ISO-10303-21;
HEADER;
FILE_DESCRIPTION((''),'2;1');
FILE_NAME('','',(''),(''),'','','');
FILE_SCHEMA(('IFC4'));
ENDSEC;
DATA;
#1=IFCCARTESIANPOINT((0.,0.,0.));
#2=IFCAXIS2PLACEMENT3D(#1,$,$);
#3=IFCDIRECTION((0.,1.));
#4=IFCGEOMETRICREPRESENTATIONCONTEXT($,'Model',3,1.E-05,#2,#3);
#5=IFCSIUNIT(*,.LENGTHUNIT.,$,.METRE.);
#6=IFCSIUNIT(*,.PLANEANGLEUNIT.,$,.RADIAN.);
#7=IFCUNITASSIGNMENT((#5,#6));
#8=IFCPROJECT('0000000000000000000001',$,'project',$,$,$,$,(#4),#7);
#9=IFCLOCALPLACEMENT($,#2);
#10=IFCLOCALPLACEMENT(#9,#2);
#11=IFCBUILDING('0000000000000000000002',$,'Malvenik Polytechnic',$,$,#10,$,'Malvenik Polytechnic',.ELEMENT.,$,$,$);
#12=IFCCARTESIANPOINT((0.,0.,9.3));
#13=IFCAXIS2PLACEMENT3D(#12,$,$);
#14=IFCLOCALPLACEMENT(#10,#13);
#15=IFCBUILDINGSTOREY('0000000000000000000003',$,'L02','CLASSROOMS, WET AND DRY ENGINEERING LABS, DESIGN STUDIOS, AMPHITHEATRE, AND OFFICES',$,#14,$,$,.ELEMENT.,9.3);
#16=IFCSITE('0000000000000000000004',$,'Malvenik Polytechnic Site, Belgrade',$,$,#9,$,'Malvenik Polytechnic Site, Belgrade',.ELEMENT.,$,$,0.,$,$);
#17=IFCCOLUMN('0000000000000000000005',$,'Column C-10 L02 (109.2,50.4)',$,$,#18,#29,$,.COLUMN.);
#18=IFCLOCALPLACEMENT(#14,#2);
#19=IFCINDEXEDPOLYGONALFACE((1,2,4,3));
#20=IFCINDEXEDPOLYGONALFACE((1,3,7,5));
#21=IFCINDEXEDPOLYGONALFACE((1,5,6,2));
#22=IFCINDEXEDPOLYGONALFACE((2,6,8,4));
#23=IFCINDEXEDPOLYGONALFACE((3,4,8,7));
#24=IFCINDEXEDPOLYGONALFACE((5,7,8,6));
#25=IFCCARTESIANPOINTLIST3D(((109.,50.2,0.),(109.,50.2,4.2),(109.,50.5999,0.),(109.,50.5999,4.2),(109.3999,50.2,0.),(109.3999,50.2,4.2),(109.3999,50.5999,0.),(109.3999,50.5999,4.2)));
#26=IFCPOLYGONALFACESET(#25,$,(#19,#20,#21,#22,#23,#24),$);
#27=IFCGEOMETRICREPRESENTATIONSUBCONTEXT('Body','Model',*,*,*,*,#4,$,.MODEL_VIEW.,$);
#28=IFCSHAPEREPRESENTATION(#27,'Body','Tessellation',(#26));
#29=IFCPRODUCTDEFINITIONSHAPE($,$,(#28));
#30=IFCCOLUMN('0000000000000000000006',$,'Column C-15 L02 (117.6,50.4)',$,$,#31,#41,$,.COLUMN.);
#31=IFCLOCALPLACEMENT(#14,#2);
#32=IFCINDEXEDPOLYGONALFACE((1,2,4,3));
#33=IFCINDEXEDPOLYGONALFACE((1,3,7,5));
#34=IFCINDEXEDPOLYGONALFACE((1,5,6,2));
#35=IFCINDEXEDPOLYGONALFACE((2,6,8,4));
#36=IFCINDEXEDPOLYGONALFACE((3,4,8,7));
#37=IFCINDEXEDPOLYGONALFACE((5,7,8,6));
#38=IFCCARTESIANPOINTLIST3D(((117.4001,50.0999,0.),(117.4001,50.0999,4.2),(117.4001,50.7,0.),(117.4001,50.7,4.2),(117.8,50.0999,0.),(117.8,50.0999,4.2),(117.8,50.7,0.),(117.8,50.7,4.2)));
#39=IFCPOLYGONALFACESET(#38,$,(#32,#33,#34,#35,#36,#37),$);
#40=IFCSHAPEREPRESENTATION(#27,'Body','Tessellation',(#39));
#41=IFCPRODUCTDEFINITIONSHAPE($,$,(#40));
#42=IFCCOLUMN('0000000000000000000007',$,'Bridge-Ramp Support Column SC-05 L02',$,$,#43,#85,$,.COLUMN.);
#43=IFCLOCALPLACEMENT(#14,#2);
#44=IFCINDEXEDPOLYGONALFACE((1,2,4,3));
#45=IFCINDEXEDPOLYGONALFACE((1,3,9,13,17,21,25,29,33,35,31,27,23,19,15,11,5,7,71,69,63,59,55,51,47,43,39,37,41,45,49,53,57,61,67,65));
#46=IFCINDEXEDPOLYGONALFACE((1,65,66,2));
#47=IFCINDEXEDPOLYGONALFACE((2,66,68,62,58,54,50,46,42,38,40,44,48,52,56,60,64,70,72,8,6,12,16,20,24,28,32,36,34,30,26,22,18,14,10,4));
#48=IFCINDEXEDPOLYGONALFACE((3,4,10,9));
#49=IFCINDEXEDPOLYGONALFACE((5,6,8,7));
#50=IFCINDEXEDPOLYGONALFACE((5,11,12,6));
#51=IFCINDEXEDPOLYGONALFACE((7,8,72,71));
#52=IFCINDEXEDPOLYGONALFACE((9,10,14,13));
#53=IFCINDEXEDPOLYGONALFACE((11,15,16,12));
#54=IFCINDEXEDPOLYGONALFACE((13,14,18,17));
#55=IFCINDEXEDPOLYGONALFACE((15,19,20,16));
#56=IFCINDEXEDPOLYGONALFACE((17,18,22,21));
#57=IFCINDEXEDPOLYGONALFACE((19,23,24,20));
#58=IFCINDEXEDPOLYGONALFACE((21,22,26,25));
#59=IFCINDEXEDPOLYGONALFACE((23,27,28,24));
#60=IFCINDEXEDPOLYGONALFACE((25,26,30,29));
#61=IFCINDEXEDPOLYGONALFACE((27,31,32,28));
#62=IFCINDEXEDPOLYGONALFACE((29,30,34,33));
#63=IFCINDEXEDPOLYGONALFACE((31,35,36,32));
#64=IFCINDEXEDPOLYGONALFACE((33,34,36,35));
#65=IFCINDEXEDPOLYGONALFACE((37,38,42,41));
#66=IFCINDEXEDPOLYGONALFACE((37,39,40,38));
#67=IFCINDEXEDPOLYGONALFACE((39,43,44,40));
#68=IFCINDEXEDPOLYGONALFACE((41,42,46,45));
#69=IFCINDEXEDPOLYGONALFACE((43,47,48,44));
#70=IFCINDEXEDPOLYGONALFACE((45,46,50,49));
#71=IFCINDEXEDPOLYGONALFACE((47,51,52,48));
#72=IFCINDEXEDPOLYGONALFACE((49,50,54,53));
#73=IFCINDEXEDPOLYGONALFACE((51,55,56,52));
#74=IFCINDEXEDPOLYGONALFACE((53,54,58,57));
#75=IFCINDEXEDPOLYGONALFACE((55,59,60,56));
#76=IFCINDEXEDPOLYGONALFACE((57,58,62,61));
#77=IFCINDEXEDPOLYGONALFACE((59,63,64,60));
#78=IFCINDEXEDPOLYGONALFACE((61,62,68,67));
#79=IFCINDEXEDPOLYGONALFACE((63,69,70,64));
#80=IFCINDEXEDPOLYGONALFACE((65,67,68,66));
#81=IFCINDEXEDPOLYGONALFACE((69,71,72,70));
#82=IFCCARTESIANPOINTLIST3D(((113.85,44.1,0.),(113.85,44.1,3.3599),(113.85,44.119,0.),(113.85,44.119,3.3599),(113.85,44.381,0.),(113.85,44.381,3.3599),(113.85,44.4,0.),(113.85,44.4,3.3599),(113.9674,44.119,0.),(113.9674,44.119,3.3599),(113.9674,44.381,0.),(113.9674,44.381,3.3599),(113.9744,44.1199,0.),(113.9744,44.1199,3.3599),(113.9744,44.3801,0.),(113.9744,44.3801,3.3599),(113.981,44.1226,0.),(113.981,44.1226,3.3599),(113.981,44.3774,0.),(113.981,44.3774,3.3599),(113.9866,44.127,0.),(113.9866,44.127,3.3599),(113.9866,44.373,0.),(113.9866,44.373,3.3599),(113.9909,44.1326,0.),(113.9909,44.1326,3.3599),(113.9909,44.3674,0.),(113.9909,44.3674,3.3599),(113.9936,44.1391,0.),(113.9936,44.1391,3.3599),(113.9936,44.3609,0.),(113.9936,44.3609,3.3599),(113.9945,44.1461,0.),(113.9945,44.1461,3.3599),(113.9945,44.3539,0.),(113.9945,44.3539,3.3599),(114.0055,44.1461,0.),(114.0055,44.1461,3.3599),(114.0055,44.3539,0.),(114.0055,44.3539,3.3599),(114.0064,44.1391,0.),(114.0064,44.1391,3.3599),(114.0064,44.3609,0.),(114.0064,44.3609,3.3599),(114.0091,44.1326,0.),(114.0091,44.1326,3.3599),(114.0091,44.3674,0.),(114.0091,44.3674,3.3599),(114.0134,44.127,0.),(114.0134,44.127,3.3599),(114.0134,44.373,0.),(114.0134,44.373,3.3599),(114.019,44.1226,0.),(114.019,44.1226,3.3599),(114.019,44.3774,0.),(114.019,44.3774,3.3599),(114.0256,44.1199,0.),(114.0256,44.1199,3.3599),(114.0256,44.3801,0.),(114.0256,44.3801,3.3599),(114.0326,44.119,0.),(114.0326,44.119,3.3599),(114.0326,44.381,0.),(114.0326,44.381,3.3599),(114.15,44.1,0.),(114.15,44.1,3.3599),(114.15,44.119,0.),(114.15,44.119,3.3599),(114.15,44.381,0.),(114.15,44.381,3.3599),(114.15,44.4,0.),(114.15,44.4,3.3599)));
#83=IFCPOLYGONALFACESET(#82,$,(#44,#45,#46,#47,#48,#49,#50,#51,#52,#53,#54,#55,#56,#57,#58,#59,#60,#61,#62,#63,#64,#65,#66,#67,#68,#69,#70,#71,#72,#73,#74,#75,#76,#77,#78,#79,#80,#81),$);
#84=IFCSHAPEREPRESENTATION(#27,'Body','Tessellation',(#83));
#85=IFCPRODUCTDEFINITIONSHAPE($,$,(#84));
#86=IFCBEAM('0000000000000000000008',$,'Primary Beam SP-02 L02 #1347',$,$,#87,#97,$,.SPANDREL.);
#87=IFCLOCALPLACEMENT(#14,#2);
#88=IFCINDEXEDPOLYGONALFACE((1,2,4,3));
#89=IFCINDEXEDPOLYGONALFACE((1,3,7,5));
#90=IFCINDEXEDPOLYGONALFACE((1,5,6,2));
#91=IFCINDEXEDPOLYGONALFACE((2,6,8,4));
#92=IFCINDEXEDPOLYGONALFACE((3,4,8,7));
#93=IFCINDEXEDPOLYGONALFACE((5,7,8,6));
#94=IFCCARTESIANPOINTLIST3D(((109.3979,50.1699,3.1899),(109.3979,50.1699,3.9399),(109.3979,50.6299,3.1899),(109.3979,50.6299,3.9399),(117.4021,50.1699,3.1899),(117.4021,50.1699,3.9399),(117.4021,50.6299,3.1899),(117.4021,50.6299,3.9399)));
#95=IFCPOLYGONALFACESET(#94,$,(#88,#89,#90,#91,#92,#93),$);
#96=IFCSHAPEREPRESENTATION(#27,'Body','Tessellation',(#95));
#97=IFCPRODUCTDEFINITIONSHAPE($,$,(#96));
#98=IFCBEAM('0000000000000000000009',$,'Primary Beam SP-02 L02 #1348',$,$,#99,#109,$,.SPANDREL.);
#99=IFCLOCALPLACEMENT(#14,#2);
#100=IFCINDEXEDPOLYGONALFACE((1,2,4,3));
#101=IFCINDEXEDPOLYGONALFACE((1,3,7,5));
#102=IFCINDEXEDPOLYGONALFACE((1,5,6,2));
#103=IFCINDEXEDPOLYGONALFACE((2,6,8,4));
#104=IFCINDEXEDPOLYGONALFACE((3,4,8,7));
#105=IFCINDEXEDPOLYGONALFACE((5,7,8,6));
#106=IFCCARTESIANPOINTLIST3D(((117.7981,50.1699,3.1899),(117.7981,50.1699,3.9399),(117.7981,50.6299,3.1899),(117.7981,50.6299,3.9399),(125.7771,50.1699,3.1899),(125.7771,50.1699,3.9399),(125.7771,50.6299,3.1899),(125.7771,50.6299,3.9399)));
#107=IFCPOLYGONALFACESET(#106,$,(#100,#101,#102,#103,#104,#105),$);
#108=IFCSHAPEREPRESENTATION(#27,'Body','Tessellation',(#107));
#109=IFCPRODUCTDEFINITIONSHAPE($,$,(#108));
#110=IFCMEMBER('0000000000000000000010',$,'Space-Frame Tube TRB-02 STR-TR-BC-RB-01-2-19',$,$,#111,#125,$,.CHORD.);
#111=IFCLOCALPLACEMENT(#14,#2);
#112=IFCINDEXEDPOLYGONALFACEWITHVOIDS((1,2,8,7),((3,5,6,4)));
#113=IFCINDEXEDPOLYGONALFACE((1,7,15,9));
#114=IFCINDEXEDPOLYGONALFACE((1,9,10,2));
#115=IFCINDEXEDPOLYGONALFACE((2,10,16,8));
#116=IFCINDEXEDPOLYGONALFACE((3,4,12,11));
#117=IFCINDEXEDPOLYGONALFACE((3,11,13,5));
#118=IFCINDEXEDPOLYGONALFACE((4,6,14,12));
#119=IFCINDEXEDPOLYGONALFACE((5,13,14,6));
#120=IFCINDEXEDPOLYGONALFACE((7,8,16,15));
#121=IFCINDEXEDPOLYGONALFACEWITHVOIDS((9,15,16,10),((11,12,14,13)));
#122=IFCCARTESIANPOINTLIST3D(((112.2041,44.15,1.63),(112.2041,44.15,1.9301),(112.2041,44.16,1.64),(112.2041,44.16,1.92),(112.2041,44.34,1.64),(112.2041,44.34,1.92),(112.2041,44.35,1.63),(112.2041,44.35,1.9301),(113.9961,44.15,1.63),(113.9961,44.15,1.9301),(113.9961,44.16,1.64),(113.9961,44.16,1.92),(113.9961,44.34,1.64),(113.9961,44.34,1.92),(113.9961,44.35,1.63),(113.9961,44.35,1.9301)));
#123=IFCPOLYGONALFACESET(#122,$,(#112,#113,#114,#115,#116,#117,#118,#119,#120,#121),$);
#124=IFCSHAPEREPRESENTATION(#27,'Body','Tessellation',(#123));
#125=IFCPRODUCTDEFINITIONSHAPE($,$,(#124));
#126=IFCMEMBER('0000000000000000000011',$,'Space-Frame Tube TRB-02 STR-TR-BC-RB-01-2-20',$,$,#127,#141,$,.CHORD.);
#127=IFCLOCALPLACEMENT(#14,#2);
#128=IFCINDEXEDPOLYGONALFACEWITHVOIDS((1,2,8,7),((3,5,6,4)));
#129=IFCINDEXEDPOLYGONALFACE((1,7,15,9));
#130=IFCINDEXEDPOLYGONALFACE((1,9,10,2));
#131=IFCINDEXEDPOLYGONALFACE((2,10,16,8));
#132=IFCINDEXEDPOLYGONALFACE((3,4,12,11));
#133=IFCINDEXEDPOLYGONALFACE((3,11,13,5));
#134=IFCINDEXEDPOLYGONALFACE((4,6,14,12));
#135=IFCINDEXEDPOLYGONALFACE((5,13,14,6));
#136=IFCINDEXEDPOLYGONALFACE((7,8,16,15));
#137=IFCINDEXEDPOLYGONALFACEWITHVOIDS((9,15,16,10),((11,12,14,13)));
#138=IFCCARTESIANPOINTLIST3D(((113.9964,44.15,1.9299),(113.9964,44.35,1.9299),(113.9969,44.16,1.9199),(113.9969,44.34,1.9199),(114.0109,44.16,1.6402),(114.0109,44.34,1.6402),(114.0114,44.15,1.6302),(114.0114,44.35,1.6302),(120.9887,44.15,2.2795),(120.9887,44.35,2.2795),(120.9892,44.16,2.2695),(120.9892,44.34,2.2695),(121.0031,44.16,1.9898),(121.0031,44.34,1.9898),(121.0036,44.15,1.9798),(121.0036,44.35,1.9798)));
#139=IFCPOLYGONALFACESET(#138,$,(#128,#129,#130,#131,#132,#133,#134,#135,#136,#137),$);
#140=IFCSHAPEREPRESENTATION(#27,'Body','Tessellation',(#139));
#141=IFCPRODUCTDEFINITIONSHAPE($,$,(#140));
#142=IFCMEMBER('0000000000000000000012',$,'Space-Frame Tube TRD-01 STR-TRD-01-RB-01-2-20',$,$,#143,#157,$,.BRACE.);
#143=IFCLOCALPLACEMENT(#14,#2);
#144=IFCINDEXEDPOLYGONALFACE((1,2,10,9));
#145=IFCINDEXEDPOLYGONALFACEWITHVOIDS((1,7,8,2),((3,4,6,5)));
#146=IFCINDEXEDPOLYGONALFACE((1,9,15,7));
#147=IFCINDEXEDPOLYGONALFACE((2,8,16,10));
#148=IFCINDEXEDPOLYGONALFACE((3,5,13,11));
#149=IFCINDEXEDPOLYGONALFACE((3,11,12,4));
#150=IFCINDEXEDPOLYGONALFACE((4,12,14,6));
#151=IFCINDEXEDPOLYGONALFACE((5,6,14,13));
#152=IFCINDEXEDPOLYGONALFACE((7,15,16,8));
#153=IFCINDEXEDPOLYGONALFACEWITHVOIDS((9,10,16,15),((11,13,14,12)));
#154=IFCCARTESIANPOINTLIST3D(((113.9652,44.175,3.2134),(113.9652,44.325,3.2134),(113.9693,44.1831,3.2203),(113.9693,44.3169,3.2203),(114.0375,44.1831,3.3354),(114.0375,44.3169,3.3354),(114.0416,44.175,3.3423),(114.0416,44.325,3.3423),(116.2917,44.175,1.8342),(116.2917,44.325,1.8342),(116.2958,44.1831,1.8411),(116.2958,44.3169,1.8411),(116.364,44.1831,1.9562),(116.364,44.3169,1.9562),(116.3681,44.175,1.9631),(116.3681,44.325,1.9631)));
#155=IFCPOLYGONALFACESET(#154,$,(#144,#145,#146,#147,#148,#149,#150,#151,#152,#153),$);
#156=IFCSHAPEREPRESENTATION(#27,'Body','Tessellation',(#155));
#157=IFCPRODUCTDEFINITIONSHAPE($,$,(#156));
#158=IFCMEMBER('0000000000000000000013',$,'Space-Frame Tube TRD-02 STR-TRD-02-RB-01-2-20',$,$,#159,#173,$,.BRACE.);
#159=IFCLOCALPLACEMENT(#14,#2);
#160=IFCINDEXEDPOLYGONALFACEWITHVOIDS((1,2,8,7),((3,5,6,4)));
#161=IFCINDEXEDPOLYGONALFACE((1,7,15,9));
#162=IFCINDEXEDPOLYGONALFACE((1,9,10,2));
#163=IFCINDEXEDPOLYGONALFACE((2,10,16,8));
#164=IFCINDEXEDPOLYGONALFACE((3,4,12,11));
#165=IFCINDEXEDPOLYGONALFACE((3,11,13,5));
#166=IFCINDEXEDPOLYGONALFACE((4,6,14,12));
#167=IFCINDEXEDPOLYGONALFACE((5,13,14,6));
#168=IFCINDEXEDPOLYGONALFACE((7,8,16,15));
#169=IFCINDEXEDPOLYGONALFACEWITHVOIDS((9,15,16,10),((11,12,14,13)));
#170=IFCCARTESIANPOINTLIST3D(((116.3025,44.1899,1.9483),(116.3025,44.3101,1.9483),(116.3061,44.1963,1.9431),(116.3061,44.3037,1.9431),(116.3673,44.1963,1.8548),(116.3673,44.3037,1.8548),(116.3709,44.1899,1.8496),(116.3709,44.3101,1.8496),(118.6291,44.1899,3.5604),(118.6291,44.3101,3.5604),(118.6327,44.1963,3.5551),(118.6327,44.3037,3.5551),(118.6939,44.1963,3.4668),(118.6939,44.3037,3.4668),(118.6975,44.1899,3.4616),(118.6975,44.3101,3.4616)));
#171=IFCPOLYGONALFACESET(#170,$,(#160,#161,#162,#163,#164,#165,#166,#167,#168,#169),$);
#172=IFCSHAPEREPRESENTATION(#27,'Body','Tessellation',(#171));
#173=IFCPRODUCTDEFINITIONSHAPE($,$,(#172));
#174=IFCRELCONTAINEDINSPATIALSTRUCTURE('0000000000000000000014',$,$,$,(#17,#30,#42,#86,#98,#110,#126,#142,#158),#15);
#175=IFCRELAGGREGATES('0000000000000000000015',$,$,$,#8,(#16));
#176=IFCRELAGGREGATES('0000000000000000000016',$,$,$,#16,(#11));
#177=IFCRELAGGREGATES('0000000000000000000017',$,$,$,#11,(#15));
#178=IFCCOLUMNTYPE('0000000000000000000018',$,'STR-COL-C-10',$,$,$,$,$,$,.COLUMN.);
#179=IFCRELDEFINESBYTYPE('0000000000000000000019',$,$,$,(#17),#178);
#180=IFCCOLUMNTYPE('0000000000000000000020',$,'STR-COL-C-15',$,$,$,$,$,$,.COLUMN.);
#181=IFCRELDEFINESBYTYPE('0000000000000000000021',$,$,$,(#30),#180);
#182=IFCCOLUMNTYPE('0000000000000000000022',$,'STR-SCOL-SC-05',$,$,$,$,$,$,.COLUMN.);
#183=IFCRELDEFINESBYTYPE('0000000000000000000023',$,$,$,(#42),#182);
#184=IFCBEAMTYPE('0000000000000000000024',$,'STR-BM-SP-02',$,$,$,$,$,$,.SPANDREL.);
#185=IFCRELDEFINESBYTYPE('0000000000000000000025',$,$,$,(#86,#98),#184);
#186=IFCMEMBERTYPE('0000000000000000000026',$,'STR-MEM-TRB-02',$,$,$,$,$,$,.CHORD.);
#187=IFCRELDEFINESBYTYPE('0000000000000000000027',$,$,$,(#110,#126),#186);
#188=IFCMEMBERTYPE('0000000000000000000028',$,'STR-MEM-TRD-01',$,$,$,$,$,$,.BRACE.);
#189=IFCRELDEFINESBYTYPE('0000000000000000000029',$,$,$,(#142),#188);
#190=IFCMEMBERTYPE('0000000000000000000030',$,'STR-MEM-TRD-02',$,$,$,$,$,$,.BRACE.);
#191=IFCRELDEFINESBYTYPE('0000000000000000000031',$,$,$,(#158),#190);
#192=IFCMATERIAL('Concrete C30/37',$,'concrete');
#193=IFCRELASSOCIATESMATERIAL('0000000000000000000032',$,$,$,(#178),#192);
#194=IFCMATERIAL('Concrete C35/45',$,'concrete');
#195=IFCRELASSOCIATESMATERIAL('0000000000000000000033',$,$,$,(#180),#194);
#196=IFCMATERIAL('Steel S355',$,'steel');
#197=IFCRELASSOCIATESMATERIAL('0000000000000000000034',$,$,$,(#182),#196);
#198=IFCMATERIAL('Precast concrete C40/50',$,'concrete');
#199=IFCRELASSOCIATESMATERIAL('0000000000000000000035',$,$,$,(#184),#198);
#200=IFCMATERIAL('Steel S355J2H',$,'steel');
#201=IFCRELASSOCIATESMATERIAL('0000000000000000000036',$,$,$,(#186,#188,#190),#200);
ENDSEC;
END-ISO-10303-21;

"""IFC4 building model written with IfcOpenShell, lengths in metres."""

from ifc_helpers import new_model, si_unit, direction, frame, origin, origin_2d, place, context, subcontext, project, spatial, rectangle, hollow_rectangle, i_section, extrude, material, material_profile, profile_set, type_object, element, save


model = new_model("IFC4")

# Units and contexts
model_context = context("Model", 3, precision=1e-05, world=origin(), true_north=direction((0.0, 1.0)))
body_context = subcontext(model_context, "Body", "Model", "MODEL_VIEW")
ifc_project = project(units=[si_unit("LENGTHUNIT", "METRE"), si_unit("PLANEANGLEUNIT", "RADIAN")], contexts=[model_context])

# Site, building, storey
site_placement = place(None, origin())
site = spatial("IfcSite", under=ifc_project, at=site_placement, Name="Malvenik Polytechnic Site, Belgrade", LongName="Malvenik Polytechnic Site, Belgrade", CompositionType="ELEMENT", RefElevation=0.0)
building_placement = place(site_placement, origin())
building = spatial("IfcBuilding", under=site, at=building_placement, Name="Malvenik Polytechnic", LongName="Malvenik Polytechnic", CompositionType="ELEMENT")
storey_placement = place(building_placement, frame((0.0, 0.0, 9.3)))
storey = spatial("IfcBuildingStorey", under=building, at=storey_placement, Name="L02", Description="CLASSROOMS, WET AND DRY ENGINEERING LABS, DESIGN STUDIOS, AMPHITHEATRE, AND OFFICES", CompositionType="ELEMENT", Elevation=9.3)

# Columns
ifc_material_1 = material(Name="Concrete C30/37", Category="concrete")
ifc_material_profile_1 = material_profile(ifc_material_1, rectangle(XDim=0.3999, YDim=0.3999, at=origin_2d()), Name="RC COL 400x400")
ifc_profile_set_1 = profile_set([ifc_material_profile_1], Name="Concrete C30/37")
column_type_1 = type_object("IfcColumnType", Name="STR-COL-C-10", PredefinedType="COLUMN", material=ifc_profile_set_1)
column_1_placement = place(storey_placement, frame((109.2, 50.3999, 0.0), z_axis=(0.0, 0.0, 1.0), x_axis=(1.0, 0.0, 0.0)))
element("IfcColumn", 1, at=column_1_placement, inside=storey, type_object=column_type_1, Name="Column C-10 L02 (109.2,50.4)", PredefinedType="COLUMN", context=body_context, shape_type="SweptSolid", body=[
    extrude(rectangle(XDim=0.3999, YDim=0.3999, at=origin_2d()), origin(), (0.0, 0.0, 1.0), 4.2),
])
ifc_material_2 = material(Name="Concrete C35/45", Category="concrete")
ifc_material_profile_2 = material_profile(ifc_material_2, rectangle(XDim=0.3999, YDim=0.6001, at=origin_2d()), Name="RC COL 600x400")
ifc_profile_set_2 = profile_set([ifc_material_profile_2], Name="Concrete C35/45")
column_type_2 = type_object("IfcColumnType", Name="STR-COL-C-15", PredefinedType="COLUMN", material=ifc_profile_set_2)
column_2_placement = place(storey_placement, frame((117.6001, 50.3999, 0.0), z_axis=(0.0, 0.0, 1.0), x_axis=(1.0, 0.0, 0.0)))
element("IfcColumn", 2, at=column_2_placement, inside=storey, type_object=column_type_2, Name="Column C-15 L02 (117.6,50.4)", PredefinedType="COLUMN", context=body_context, shape_type="SweptSolid", body=[
    extrude(rectangle(XDim=0.3999, YDim=0.6001, at=origin_2d()), origin(), (0.0, 0.0, 1.0), 4.2),
])
ifc_material_3 = material(Name="Steel S355", Category="steel")
ifc_material_profile_3 = material_profile(ifc_material_3, i_section(OverallWidth=0.3, OverallDepth=0.3, WebThickness=0.011, FlangeThickness=0.019, FilletRadius=0.0271, at=origin_2d()), Name="HEB 300")
ifc_profile_set_3 = profile_set([ifc_material_profile_3], Name="Steel S355")
column_type_3 = type_object("IfcColumnType", Name="STR-SCOL-SC-05", PredefinedType="COLUMN", material=ifc_profile_set_3)
column_3_placement = place(storey_placement, frame((114.0, 44.25, 0.0), z_axis=(0.0, 0.0, 1.0), x_axis=(1.0, 0.0, 0.0)))
element("IfcColumn", 3, at=column_3_placement, inside=storey, type_object=column_type_3, Name="Bridge-Ramp Support Column SC-05 L02", PredefinedType="COLUMN", context=body_context, shape_type="SweptSolid", body=[
    extrude(i_section(OverallWidth=0.3, OverallDepth=0.3, WebThickness=0.011, FlangeThickness=0.019, FilletRadius=0.0271, at=origin_2d()), origin(), (0.0, 0.0, 1.0), 3.3599),
])

# Beams
ifc_material_4 = material(Name="Precast concrete C40/50", Category="concrete")
ifc_material_profile_4 = material_profile(ifc_material_4, rectangle(XDim=0.46, YDim=0.75, at=origin_2d()), Name="PC SPN 460x750")
ifc_profile_set_4 = profile_set([ifc_material_profile_4], Name="Precast concrete C40/50")
beam_type = type_object("IfcBeamType", Name="STR-BM-SP-02", PredefinedType="SPANDREL", material=ifc_profile_set_4)
beam_1_placement = place(storey_placement, frame((109.3979, 50.3999, 3.5649), z_axis=(1.0, 0.0, 0.0), x_axis=(0.0, 1.0, 0.0)))
element("IfcBeam", 4, at=beam_1_placement, inside=storey, type_object=beam_type, Name="Primary Beam SP-02 L02 #1347", PredefinedType="SPANDREL", context=body_context, shape_type="SweptSolid", body=[
    extrude(rectangle(XDim=0.46, YDim=0.75, at=origin_2d()), origin(), (0.0, 0.0, 1.0), 8.0042),
])
beam_2_placement = place(storey_placement, frame((117.7981, 50.3999, 3.5649), z_axis=(1.0, 0.0, 0.0), x_axis=(0.0, 1.0, 0.0)))
element("IfcBeam", 5, at=beam_2_placement, inside=storey, type_object=beam_type, Name="Primary Beam SP-02 L02 #1348", PredefinedType="SPANDREL", context=body_context, shape_type="SweptSolid", body=[
    extrude(rectangle(XDim=0.46, YDim=0.75, at=origin_2d()), origin(), (0.0, 0.0, 1.0), 7.979),
])

# Members
ifc_material_5 = material(Name="Steel S355J2H", Category="steel")
ifc_material_profile_5 = material_profile(ifc_material_5, hollow_rectangle(XDim=0.2, YDim=0.3, WallThickness=0.01, at=origin_2d()), Name="RHS 300x200x10.0")
ifc_profile_set_5 = profile_set([ifc_material_profile_5], Name="Steel S355J2H")
member_type_1 = type_object("IfcMemberType", Name="STR-MEM-TRB-02", PredefinedType="CHORD", material=ifc_profile_set_5)
member_1_placement = place(storey_placement, frame((112.2041, 44.25, 1.78), z_axis=(1.0, 0.0, 0.0), x_axis=(0.0, 1.0, 0.0)))
element("IfcMember", 6, at=member_1_placement, inside=storey, type_object=member_type_1, Name="Space-Frame Tube TRB-02 STR-TR-BC-RB-01-2-19", PredefinedType="CHORD", context=body_context, shape_type="SweptSolid", body=[
    extrude(hollow_rectangle(XDim=0.2, YDim=0.3, WallThickness=0.01, at=origin_2d()), origin(), (0.0, 0.0, 1.0), 1.792),
])
member_2_placement = place(storey_placement, frame((114.0039, 44.25, 1.78), z_axis=(0.998752, 0.0, 0.049938), x_axis=(0.0, 1.0, 0.0)))
element("IfcMember", 7, at=member_2_placement, inside=storey, type_object=member_type_1, Name="Space-Frame Tube TRB-02 STR-TR-BC-RB-01-2-20", PredefinedType="CHORD", context=body_context, shape_type="SweptSolid", body=[
    extrude(hollow_rectangle(XDim=0.2, YDim=0.3, WallThickness=0.01, at=origin_2d()), origin(), (0.0, 0.0, 1.0), 7.001),
])
ifc_material_profile_6 = material_profile(ifc_material_5, hollow_rectangle(XDim=0.1499, YDim=0.1499, WallThickness=0.0081, at=origin_2d()), Name="SHS 150x150x8.0")
ifc_profile_set_6 = profile_set([ifc_material_profile_6], Name="Steel S355J2H")
member_type_2 = type_object("IfcMemberType", Name="STR-MEM-TRD-01", PredefinedType="BRACE", material=ifc_profile_set_6)
member_3_placement = place(storey_placement, frame((114.0034, 44.25, 3.2778), z_axis=(0.860205, 0.0, -0.509948), x_axis=(0.0, 1.0, 0.0)))
element("IfcMember", 8, at=member_3_placement, inside=storey, type_object=member_type_2, Name="Space-Frame Tube TRD-01 STR-TRD-01-RB-01-2-20", PredefinedType="BRACE", context=body_context, shape_type="SweptSolid", body=[
    extrude(hollow_rectangle(XDim=0.1499, YDim=0.1499, WallThickness=0.0081, at=origin_2d()), origin(), (0.0, 0.0, 1.0), 2.7046),
])
ifc_material_profile_7 = material_profile(ifc_material_5, hollow_rectangle(XDim=0.1201, YDim=0.1201, WallThickness=0.0063, at=origin_2d()), Name="SHS 120x120x6.3")
ifc_profile_set_7 = profile_set([ifc_material_profile_7], Name="Steel S355J2H")
member_type_3 = type_object("IfcMemberType", Name="STR-MEM-TRD-02", PredefinedType="BRACE", material=ifc_profile_set_7)
member_4_placement = place(storey_placement, frame((116.3367, 44.25, 1.8989), z_axis=(0.821978, 0.0, 0.569519), x_axis=(0.0, 1.0, 0.0)))
element("IfcMember", 9, at=member_4_placement, inside=storey, type_object=member_type_3, Name="Space-Frame Tube TRD-02 STR-TRD-02-RB-01-2-20", PredefinedType="BRACE", context=body_context, shape_type="SweptSolid", body=[
    extrude(hollow_rectangle(XDim=0.1201, YDim=0.1201, WallThickness=0.0063, at=origin_2d()), origin(), (0.0, 0.0, 1.0), 2.8306),
])

save(model, "model.ifc")
